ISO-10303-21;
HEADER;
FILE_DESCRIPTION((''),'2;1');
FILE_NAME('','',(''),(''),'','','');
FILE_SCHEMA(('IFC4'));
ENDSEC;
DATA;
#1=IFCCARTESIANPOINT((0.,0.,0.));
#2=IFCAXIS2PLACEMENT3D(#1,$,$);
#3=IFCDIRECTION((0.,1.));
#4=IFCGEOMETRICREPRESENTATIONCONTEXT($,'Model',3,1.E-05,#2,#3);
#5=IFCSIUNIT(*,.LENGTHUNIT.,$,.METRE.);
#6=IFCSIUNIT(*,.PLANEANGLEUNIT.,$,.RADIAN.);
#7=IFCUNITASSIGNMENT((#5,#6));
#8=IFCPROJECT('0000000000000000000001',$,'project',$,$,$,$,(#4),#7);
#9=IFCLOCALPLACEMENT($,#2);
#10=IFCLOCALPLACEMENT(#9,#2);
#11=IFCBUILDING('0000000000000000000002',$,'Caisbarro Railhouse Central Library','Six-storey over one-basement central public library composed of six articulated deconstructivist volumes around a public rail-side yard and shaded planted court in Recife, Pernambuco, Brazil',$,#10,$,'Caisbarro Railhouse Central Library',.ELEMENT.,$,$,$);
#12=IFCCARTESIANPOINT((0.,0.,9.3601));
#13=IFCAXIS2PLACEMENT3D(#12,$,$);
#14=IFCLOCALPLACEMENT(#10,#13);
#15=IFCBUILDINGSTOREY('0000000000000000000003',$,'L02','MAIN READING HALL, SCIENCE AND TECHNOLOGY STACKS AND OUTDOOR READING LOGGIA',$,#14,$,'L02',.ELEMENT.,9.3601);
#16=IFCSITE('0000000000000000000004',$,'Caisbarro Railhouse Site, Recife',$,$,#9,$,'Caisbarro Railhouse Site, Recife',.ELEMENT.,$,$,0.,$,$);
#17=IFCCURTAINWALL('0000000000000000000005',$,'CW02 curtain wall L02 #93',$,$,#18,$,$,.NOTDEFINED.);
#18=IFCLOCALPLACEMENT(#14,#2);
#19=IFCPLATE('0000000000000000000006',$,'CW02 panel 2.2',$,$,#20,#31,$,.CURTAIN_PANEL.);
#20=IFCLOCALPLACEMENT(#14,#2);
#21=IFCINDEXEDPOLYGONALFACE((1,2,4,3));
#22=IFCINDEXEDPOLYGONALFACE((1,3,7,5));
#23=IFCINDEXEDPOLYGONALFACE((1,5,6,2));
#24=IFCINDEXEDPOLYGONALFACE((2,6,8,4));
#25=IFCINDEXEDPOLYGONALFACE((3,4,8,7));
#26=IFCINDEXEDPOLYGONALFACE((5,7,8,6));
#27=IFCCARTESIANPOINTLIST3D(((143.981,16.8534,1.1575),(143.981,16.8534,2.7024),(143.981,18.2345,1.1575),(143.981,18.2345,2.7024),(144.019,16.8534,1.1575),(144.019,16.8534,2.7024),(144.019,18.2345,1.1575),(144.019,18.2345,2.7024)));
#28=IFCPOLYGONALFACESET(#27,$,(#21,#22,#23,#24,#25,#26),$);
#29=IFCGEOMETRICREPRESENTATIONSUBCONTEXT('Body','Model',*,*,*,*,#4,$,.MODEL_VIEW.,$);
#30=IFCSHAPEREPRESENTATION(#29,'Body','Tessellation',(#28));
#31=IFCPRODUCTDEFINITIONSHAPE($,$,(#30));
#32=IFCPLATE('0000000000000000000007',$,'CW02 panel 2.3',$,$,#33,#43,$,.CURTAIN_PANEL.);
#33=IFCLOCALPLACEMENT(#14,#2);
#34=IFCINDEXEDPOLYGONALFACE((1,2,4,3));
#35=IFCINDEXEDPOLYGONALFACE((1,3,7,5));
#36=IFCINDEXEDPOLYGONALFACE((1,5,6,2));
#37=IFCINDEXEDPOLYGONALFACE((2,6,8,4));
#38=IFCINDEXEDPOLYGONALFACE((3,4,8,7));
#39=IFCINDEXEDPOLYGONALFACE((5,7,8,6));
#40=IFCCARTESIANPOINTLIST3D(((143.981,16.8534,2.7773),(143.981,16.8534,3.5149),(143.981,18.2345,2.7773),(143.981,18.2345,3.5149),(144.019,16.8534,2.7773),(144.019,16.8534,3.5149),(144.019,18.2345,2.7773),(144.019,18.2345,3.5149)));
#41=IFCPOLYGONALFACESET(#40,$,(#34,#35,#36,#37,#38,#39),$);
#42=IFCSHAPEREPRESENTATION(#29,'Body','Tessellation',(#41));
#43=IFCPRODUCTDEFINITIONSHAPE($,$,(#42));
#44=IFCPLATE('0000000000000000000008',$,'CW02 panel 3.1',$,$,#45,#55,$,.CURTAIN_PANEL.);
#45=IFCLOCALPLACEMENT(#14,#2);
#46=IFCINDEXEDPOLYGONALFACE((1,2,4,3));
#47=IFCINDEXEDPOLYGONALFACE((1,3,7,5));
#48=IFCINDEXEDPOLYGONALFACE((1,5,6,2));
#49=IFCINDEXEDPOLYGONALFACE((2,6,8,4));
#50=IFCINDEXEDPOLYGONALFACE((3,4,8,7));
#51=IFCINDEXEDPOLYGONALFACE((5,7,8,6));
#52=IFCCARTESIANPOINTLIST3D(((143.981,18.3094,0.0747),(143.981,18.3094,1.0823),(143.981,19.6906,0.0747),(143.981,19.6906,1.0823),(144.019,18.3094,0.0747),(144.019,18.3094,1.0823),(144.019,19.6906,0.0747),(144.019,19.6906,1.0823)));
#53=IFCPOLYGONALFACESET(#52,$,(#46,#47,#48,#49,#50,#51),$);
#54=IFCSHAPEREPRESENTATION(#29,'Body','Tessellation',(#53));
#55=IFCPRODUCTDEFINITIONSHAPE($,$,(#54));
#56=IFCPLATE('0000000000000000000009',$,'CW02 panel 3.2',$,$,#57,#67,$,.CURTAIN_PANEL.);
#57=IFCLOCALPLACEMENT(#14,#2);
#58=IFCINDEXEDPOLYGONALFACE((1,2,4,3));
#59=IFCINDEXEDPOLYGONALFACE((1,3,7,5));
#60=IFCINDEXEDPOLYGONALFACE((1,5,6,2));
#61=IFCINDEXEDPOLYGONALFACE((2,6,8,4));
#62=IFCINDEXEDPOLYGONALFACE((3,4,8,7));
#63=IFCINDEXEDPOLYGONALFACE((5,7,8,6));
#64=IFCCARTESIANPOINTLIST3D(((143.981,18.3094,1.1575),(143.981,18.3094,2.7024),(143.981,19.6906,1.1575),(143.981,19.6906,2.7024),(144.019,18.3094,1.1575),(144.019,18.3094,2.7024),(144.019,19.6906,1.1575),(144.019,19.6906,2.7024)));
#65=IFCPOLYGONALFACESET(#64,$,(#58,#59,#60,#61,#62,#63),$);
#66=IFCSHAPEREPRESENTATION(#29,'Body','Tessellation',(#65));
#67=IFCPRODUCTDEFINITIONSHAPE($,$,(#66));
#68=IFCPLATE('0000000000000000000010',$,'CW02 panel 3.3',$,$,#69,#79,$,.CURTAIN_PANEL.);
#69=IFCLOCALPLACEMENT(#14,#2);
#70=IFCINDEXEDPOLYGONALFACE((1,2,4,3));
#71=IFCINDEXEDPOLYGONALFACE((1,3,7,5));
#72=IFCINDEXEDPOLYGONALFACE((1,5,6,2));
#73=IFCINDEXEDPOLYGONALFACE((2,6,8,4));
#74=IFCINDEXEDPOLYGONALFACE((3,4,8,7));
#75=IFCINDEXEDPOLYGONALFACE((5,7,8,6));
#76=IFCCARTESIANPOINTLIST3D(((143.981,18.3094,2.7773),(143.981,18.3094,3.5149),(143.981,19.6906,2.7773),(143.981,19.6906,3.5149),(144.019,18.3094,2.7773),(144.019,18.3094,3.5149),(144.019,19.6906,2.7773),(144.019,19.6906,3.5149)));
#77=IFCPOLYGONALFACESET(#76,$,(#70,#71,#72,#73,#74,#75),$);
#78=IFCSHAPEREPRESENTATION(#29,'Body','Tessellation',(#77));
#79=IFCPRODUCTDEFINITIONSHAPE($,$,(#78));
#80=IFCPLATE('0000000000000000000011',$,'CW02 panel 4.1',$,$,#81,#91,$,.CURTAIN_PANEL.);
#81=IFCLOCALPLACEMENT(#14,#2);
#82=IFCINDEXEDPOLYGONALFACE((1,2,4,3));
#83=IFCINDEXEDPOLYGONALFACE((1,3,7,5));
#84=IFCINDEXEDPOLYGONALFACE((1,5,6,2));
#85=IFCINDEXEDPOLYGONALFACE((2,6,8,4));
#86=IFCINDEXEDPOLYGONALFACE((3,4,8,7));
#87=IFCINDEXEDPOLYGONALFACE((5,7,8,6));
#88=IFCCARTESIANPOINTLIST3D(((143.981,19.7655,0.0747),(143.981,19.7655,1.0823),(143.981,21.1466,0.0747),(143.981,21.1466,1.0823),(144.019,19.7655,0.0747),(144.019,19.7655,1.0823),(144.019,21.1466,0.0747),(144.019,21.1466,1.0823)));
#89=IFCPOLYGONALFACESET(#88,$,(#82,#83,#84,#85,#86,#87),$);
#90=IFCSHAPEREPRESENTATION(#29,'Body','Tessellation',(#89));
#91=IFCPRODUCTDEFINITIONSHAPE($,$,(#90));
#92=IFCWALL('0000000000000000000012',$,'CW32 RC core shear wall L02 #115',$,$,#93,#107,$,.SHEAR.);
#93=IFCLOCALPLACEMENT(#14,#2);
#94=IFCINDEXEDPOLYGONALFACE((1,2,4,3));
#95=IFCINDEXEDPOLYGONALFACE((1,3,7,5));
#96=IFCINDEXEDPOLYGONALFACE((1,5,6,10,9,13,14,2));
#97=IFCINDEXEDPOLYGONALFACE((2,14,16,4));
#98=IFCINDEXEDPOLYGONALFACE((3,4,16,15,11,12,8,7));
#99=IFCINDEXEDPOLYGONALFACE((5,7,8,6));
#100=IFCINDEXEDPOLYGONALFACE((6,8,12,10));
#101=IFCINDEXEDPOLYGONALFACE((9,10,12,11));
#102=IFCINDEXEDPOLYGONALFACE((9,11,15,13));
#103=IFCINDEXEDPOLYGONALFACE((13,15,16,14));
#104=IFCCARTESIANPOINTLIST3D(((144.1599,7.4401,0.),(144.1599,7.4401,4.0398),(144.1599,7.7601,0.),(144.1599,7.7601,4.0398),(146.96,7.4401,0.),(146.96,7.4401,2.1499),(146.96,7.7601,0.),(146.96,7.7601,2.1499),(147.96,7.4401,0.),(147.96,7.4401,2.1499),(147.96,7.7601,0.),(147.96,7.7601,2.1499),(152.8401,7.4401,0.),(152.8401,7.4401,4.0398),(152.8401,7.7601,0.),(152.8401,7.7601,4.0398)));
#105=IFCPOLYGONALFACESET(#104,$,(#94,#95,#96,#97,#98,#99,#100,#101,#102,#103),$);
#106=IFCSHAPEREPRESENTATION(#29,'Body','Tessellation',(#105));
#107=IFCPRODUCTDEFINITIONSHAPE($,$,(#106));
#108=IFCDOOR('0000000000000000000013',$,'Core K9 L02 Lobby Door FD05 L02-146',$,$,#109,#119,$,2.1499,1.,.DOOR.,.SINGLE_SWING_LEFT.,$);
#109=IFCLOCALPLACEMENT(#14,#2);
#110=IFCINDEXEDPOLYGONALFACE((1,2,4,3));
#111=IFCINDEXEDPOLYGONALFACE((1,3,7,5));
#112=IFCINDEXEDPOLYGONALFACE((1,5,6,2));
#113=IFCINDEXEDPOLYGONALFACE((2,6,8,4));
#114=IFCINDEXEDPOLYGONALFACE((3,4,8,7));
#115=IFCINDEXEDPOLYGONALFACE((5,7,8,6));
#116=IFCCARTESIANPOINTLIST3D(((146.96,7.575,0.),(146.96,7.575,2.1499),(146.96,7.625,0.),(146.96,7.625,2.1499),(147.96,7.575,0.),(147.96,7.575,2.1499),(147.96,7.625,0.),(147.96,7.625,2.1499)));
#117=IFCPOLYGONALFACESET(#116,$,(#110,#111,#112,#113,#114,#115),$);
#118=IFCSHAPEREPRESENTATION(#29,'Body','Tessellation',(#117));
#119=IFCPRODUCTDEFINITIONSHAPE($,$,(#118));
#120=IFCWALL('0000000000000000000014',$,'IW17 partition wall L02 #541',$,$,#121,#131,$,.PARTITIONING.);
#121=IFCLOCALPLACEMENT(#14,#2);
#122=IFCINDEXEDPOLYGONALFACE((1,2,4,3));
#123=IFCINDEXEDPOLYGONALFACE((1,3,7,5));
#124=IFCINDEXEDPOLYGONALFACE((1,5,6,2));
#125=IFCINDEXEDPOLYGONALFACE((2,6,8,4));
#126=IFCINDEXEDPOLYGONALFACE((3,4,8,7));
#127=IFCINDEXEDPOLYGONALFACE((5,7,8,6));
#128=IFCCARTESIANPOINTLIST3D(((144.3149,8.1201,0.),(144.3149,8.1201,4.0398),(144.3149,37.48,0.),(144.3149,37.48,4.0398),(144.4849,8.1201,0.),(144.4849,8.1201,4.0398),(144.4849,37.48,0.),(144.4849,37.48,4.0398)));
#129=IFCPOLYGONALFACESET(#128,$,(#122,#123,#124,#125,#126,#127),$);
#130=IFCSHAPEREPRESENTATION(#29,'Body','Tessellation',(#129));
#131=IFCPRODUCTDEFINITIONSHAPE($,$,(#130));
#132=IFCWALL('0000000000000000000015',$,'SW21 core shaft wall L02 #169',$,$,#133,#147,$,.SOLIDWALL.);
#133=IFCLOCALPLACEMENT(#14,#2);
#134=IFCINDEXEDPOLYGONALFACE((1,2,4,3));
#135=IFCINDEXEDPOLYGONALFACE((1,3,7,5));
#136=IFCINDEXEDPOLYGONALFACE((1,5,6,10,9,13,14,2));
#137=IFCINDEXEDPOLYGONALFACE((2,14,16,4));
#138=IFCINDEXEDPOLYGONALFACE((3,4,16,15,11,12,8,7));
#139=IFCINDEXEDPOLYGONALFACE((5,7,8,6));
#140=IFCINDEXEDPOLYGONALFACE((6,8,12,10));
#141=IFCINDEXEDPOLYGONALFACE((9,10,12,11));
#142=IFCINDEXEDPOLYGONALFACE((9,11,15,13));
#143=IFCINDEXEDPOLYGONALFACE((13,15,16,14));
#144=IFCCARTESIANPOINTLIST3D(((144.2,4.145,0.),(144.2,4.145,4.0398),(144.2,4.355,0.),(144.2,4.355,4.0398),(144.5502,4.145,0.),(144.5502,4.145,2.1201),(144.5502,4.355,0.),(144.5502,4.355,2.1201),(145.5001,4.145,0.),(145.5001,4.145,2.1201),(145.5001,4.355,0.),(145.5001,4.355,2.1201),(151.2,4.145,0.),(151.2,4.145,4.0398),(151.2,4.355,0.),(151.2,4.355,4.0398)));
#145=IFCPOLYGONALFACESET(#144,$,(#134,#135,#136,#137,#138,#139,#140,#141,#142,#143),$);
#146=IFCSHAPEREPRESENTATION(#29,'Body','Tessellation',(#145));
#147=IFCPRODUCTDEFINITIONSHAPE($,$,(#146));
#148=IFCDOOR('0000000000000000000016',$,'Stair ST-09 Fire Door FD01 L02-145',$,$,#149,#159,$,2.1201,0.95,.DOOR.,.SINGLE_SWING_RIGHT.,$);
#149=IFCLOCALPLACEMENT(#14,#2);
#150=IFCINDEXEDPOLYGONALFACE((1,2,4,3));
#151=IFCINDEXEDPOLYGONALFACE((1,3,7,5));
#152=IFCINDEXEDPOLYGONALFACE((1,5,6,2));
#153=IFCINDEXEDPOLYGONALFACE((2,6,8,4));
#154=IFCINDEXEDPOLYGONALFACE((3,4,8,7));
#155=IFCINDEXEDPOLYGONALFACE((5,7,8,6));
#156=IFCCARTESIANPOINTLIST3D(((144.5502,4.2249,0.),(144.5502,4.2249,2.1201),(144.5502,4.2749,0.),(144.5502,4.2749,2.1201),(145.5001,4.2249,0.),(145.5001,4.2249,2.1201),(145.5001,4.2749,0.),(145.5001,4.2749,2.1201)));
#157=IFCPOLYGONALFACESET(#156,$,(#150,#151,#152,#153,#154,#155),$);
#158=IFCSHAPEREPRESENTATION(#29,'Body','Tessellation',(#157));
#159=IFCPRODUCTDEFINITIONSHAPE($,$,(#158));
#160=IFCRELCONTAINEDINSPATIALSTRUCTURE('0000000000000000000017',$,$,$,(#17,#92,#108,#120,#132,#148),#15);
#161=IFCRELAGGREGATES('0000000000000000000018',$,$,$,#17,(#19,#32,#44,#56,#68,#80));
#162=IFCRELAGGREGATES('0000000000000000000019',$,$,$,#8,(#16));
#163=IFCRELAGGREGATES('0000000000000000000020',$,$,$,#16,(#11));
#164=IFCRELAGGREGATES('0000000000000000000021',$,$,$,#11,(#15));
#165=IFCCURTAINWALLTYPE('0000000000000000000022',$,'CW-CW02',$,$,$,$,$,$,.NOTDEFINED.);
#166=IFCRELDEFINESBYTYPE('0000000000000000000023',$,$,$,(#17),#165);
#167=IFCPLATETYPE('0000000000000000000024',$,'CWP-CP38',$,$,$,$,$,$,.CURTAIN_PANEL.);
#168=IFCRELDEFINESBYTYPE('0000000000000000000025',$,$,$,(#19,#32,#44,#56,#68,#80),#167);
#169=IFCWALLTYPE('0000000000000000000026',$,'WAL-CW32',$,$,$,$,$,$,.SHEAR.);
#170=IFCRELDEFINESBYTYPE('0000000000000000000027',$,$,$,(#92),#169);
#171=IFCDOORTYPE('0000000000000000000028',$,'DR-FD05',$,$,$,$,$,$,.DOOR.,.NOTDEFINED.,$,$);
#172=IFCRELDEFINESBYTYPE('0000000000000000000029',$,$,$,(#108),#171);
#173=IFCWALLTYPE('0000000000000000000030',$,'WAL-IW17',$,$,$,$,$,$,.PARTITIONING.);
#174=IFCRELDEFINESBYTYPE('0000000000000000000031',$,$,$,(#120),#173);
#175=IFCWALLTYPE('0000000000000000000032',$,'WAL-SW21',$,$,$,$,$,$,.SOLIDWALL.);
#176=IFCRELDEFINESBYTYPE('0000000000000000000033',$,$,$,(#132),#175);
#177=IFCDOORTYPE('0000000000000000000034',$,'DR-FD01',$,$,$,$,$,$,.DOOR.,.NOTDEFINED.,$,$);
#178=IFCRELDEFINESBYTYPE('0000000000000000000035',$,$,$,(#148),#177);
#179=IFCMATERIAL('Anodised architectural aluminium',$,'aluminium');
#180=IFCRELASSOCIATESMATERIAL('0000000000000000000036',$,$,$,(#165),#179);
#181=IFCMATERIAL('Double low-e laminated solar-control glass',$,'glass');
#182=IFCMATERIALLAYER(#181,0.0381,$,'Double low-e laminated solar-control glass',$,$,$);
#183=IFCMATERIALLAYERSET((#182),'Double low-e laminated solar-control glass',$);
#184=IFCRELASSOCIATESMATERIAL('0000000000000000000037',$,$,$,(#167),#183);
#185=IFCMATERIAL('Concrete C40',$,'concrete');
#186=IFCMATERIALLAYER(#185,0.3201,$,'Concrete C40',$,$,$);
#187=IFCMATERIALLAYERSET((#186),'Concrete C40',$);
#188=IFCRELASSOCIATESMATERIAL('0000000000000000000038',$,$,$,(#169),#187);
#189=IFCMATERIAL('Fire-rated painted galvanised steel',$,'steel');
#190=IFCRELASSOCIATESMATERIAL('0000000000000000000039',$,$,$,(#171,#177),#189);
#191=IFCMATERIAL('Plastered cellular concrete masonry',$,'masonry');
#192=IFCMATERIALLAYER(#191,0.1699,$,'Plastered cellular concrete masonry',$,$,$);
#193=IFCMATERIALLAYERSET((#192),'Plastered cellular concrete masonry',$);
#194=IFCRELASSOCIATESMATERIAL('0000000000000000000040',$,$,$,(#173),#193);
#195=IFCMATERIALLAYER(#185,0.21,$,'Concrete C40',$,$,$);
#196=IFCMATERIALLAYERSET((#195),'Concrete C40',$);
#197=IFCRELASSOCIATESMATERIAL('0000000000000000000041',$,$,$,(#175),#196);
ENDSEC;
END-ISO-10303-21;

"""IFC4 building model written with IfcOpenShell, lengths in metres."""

from ifc_helpers import new_model, si_unit, direction, frame, frame_2d, origin, origin_2d, place, context, subcontext, project, spatial, rectangle, extrude, material, layer, layer_set, type_object, element, fill, aggregate, save


model = new_model("IFC4")

# Units and contexts
model_context = context("Model", 3, precision=1e-05, world=origin(), true_north=direction((0.0, 1.0)))
body_context = subcontext(model_context, "Body", "Model", "MODEL_VIEW")
ifc_project = project(units=[si_unit("LENGTHUNIT", "METRE"), si_unit("PLANEANGLEUNIT", "RADIAN")], contexts=[model_context])

# Site, building, storey
site_placement = place(None, origin())
site = spatial("IfcSite", under=ifc_project, at=site_placement, Name="Caisbarro Railhouse Site, Recife", LongName="Caisbarro Railhouse Site, Recife", CompositionType="ELEMENT", RefElevation=0.0)
building_placement = place(site_placement, origin())
building = spatial("IfcBuilding", under=site, at=building_placement, Name="Caisbarro Railhouse Central Library", Description="Six-storey over one-basement central public library composed of six articulated deconstructivist volumes around a public rail-side yard and shaded planted court in Recife, Pernambuco, Brazil", LongName="Caisbarro Railhouse Central Library", CompositionType="ELEMENT")
storey_placement = place(building_placement, frame((0.0, 0.0, 9.3601)))
storey = spatial("IfcBuildingStorey", under=building, at=storey_placement, Name="L02", Description="MAIN READING HALL, SCIENCE AND TECHNOLOGY STACKS AND OUTDOOR READING LOGGIA", LongName="L02", CompositionType="ELEMENT", Elevation=9.3601)

# Shared definitions
ifc_material_1 = material(Name="Concrete C40", Category="concrete")

# Curtain wall, plates
ifc_material_2 = material(Name="Anodised architectural aluminium", Category="aluminium")
curtain_wall_type = type_object("IfcCurtainWallType", Name="CW-CW02", PredefinedType="NOTDEFINED", material=ifc_material_2)
curtain_wall_placement = place(storey_placement, origin())
curtain_wall = element("IfcCurtainWall", 1, at=curtain_wall_placement, inside=storey, type_object=curtain_wall_type, Name="CW02 curtain wall L02 #93", PredefinedType="NOTDEFINED")
ifc_material_3 = material(Name="Double low-e laminated solar-control glass", Category="glass")
ifc_layer_1 = layer(ifc_material_3, 0.0381, Name="Double low-e laminated solar-control glass")
ifc_layer_set_1 = layer_set([ifc_layer_1], Name="Double low-e laminated solar-control glass")
plate_type = type_object("IfcPlateType", Name="CWP-CP38", PredefinedType="CURTAIN_PANEL", material=ifc_layer_set_1)
plate_1_placement = place(storey_placement, frame((144.0, 17.5439, 1.1575), z_axis=(0.0, 0.0, 1.0), x_axis=(0.0, 1.0, 0.0)))
plate_1 = element("IfcPlate", 2, at=plate_1_placement, type_object=plate_type, Name="CW02 panel 2.2", PredefinedType="CURTAIN_PANEL", context=body_context, shape_type="SweptSolid", body=[
    extrude(rectangle(XDim=1.3811, YDim=0.0381, at=origin_2d()), origin(), (0.0, 0.0, 1.0), 1.5449),
])
plate_2_placement = place(storey_placement, frame((144.0, 17.5439, 2.7773), z_axis=(0.0, 0.0, 1.0), x_axis=(0.0, 1.0, 0.0)))
plate_2 = element("IfcPlate", 3, at=plate_2_placement, type_object=plate_type, Name="CW02 panel 2.3", PredefinedType="CURTAIN_PANEL", context=body_context, shape_type="SweptSolid", body=[
    extrude(rectangle(XDim=1.3811, YDim=0.0381, at=origin_2d()), origin(), (0.0, 0.0, 1.0), 0.7375),
])
plate_3_placement = place(storey_placement, frame((144.0, 19.0, 0.0747), z_axis=(0.0, 0.0, 1.0), x_axis=(0.0, 1.0, 0.0)))
plate_3 = element("IfcPlate", 4, at=plate_3_placement, type_object=plate_type, Name="CW02 panel 3.1", PredefinedType="CURTAIN_PANEL", context=body_context, shape_type="SweptSolid", body=[
    extrude(rectangle(XDim=1.3811, YDim=0.0381, at=origin_2d()), origin(), (0.0, 0.0, 1.0), 1.0076),
])
plate_4_placement = place(storey_placement, frame((144.0, 19.0, 1.1575), z_axis=(0.0, 0.0, 1.0), x_axis=(0.0, 1.0, 0.0)))
plate_4 = element("IfcPlate", 5, at=plate_4_placement, type_object=plate_type, Name="CW02 panel 3.2", PredefinedType="CURTAIN_PANEL", context=body_context, shape_type="SweptSolid", body=[
    extrude(rectangle(XDim=1.3811, YDim=0.0381, at=origin_2d()), origin(), (0.0, 0.0, 1.0), 1.5449),
])
plate_5_placement = place(storey_placement, frame((144.0, 19.0, 2.7773), z_axis=(0.0, 0.0, 1.0), x_axis=(0.0, 1.0, 0.0)))
plate_5 = element("IfcPlate", 6, at=plate_5_placement, type_object=plate_type, Name="CW02 panel 3.3", PredefinedType="CURTAIN_PANEL", context=body_context, shape_type="SweptSolid", body=[
    extrude(rectangle(XDim=1.3811, YDim=0.0381, at=origin_2d()), origin(), (0.0, 0.0, 1.0), 0.7375),
])
plate_6_placement = place(storey_placement, frame((144.0, 20.4561, 0.0747), z_axis=(0.0, 0.0, 1.0), x_axis=(0.0, 1.0, 0.0)))
plate_6 = element("IfcPlate", 7, at=plate_6_placement, type_object=plate_type, Name="CW02 panel 4.1", PredefinedType="CURTAIN_PANEL", context=body_context, shape_type="SweptSolid", body=[
    extrude(rectangle(XDim=1.3811, YDim=0.0381, at=origin_2d()), origin(), (0.0, 0.0, 1.0), 1.0076),
])
aggregate(curtain_wall, [plate_1, plate_2, plate_3, plate_4, plate_5, plate_6])

# Wall, opening, door
ifc_layer_2 = layer(ifc_material_1, 0.3201, Name="Concrete C40")
ifc_layer_set_2 = layer_set([ifc_layer_2], Name="Concrete C40")
wall_type_1 = type_object("IfcWallType", Name="WAL-CW32", PredefinedType="SHEAR", material=ifc_layer_set_2)
wall_1_placement = place(storey_placement, frame((144.1599, 7.6001, 0.0), z_axis=(0.0, 0.0, 1.0), x_axis=(1.0, 0.0, 0.0)))
wall_1 = element("IfcWall", 8, at=wall_1_placement, inside=storey, type_object=wall_type_1, Name="CW32 RC core shear wall L02 #115", PredefinedType="SHEAR", context=body_context, shape_type="SweptSolid", body=[
    extrude(rectangle(XDim=8.6802, YDim=0.3201, at=frame_2d((4.3401, 0.0))), origin(), (0.0, 0.0, 1.0), 4.0398),
])
opening_1_placement = place(wall_1_placement, frame((2.8, 0.0, 0.0)))
opening_1 = element("IfcOpeningElement", 9, at=opening_1_placement, cuts=wall_1, PredefinedType="OPENING", context=body_context, shape_type="SweptSolid", body=[
    extrude(rectangle(XDim=1.0, YDim=2.1499, at=frame_2d((0.5, 1.075))), frame((0.0, 0.1699, 0.0), z_axis=(0.0, -1.0, 0.0), x_axis=(1.0, 0.0, 0.0)), (0.0, 0.0, 1.0), 0.3401),
])
ifc_material_4 = material(Name="Fire-rated painted galvanised steel", Category="steel")
door_type_1 = type_object("IfcDoorType", Name="DR-FD05", OperationType="NOTDEFINED", PredefinedType="DOOR", material=ifc_material_4)
door_1_placement = place(opening_1_placement, origin())
door_1 = element("IfcDoor", 10, at=door_1_placement, inside=storey, type_object=door_type_1, Name="Core K9 L02 Lobby Door FD05 L02-146", OperationType="SINGLE_SWING_LEFT", OverallHeight=2.1499, OverallWidth=1.0, PredefinedType="DOOR", context=body_context, shape_type="SweptSolid", body=[
    extrude(rectangle(XDim=1.0, YDim=2.1499, at=frame_2d((0.5, 1.075))), frame((0.0, 0.0249, 0.0), z_axis=(0.0, -1.0, 0.0), x_axis=(1.0, 0.0, 0.0)), (0.0, 0.0, 1.0), 0.05),
])
fill(opening_1, door_1)

# Wall
ifc_material_5 = material(Name="Plastered cellular concrete masonry", Category="masonry")
ifc_layer_3 = layer(ifc_material_5, 0.1699, Name="Plastered cellular concrete masonry")
ifc_layer_set_3 = layer_set([ifc_layer_3], Name="Plastered cellular concrete masonry")
wall_type_2 = type_object("IfcWallType", Name="WAL-IW17", PredefinedType="PARTITIONING", material=ifc_layer_set_3)
wall_2_placement = place(storey_placement, frame((144.3999, 8.1201, 0.0), z_axis=(0.0, 0.0, 1.0), x_axis=(0.0, 1.0, 0.0)))
element("IfcWall", 11, at=wall_2_placement, inside=storey, type_object=wall_type_2, Name="IW17 partition wall L02 #541", PredefinedType="PARTITIONING", context=body_context, shape_type="SweptSolid", body=[
    extrude(rectangle(XDim=29.3599, YDim=0.1699, at=frame_2d((14.6799, 0.0))), origin(), (0.0, 0.0, 1.0), 4.0398),
])

# Wall, opening, door
ifc_layer_4 = layer(ifc_material_1, 0.21, Name="Concrete C40")
ifc_layer_set_4 = layer_set([ifc_layer_4], Name="Concrete C40")
wall_type_3 = type_object("IfcWallType", Name="WAL-SW21", PredefinedType="SOLIDWALL", material=ifc_layer_set_4)
wall_3_placement = place(storey_placement, frame((144.2, 4.25, 0.0), z_axis=(0.0, 0.0, 1.0), x_axis=(1.0, 0.0, 0.0)))
wall_3 = element("IfcWall", 12, at=wall_3_placement, inside=storey, type_object=wall_type_3, Name="SW21 core shaft wall L02 #169", PredefinedType="SOLIDWALL", context=body_context, shape_type="SweptSolid", body=[
    extrude(rectangle(XDim=7.0, YDim=0.21, at=frame_2d((3.5, 0.0))), origin(), (0.0, 0.0, 1.0), 4.0398),
])
opening_2_placement = place(wall_3_placement, frame((0.3501, 0.0, 0.0)))
opening_2 = element("IfcOpeningElement", 13, at=opening_2_placement, cuts=wall_3, PredefinedType="OPENING", context=body_context, shape_type="SweptSolid", body=[
    extrude(rectangle(XDim=0.95, YDim=2.1201, at=frame_2d((0.4751, 1.0601))), frame((0.0, 0.115, 0.0), z_axis=(0.0, -1.0, 0.0), x_axis=(1.0, 0.0, 0.0)), (0.0, 0.0, 1.0), 0.23),
])
door_type_2 = type_object("IfcDoorType", Name="DR-FD01", OperationType="NOTDEFINED", PredefinedType="DOOR", material=ifc_material_4)
door_2_placement = place(opening_2_placement, origin())
door_2 = element("IfcDoor", 14, at=door_2_placement, inside=storey, type_object=door_type_2, Name="Stair ST-09 Fire Door FD01 L02-145", OperationType="SINGLE_SWING_RIGHT", OverallHeight=2.1201, OverallWidth=0.95, PredefinedType="DOOR", context=body_context, shape_type="SweptSolid", body=[
    extrude(rectangle(XDim=0.95, YDim=2.1201, at=frame_2d((0.4751, 1.0601))), frame((0.0, 0.0249, 0.0), z_axis=(0.0, -1.0, 0.0), x_axis=(1.0, 0.0, 0.0)), (0.0, 0.0, 1.0), 0.05),
])
fill(opening_2, door_2)

save(model, "model.ifc")
